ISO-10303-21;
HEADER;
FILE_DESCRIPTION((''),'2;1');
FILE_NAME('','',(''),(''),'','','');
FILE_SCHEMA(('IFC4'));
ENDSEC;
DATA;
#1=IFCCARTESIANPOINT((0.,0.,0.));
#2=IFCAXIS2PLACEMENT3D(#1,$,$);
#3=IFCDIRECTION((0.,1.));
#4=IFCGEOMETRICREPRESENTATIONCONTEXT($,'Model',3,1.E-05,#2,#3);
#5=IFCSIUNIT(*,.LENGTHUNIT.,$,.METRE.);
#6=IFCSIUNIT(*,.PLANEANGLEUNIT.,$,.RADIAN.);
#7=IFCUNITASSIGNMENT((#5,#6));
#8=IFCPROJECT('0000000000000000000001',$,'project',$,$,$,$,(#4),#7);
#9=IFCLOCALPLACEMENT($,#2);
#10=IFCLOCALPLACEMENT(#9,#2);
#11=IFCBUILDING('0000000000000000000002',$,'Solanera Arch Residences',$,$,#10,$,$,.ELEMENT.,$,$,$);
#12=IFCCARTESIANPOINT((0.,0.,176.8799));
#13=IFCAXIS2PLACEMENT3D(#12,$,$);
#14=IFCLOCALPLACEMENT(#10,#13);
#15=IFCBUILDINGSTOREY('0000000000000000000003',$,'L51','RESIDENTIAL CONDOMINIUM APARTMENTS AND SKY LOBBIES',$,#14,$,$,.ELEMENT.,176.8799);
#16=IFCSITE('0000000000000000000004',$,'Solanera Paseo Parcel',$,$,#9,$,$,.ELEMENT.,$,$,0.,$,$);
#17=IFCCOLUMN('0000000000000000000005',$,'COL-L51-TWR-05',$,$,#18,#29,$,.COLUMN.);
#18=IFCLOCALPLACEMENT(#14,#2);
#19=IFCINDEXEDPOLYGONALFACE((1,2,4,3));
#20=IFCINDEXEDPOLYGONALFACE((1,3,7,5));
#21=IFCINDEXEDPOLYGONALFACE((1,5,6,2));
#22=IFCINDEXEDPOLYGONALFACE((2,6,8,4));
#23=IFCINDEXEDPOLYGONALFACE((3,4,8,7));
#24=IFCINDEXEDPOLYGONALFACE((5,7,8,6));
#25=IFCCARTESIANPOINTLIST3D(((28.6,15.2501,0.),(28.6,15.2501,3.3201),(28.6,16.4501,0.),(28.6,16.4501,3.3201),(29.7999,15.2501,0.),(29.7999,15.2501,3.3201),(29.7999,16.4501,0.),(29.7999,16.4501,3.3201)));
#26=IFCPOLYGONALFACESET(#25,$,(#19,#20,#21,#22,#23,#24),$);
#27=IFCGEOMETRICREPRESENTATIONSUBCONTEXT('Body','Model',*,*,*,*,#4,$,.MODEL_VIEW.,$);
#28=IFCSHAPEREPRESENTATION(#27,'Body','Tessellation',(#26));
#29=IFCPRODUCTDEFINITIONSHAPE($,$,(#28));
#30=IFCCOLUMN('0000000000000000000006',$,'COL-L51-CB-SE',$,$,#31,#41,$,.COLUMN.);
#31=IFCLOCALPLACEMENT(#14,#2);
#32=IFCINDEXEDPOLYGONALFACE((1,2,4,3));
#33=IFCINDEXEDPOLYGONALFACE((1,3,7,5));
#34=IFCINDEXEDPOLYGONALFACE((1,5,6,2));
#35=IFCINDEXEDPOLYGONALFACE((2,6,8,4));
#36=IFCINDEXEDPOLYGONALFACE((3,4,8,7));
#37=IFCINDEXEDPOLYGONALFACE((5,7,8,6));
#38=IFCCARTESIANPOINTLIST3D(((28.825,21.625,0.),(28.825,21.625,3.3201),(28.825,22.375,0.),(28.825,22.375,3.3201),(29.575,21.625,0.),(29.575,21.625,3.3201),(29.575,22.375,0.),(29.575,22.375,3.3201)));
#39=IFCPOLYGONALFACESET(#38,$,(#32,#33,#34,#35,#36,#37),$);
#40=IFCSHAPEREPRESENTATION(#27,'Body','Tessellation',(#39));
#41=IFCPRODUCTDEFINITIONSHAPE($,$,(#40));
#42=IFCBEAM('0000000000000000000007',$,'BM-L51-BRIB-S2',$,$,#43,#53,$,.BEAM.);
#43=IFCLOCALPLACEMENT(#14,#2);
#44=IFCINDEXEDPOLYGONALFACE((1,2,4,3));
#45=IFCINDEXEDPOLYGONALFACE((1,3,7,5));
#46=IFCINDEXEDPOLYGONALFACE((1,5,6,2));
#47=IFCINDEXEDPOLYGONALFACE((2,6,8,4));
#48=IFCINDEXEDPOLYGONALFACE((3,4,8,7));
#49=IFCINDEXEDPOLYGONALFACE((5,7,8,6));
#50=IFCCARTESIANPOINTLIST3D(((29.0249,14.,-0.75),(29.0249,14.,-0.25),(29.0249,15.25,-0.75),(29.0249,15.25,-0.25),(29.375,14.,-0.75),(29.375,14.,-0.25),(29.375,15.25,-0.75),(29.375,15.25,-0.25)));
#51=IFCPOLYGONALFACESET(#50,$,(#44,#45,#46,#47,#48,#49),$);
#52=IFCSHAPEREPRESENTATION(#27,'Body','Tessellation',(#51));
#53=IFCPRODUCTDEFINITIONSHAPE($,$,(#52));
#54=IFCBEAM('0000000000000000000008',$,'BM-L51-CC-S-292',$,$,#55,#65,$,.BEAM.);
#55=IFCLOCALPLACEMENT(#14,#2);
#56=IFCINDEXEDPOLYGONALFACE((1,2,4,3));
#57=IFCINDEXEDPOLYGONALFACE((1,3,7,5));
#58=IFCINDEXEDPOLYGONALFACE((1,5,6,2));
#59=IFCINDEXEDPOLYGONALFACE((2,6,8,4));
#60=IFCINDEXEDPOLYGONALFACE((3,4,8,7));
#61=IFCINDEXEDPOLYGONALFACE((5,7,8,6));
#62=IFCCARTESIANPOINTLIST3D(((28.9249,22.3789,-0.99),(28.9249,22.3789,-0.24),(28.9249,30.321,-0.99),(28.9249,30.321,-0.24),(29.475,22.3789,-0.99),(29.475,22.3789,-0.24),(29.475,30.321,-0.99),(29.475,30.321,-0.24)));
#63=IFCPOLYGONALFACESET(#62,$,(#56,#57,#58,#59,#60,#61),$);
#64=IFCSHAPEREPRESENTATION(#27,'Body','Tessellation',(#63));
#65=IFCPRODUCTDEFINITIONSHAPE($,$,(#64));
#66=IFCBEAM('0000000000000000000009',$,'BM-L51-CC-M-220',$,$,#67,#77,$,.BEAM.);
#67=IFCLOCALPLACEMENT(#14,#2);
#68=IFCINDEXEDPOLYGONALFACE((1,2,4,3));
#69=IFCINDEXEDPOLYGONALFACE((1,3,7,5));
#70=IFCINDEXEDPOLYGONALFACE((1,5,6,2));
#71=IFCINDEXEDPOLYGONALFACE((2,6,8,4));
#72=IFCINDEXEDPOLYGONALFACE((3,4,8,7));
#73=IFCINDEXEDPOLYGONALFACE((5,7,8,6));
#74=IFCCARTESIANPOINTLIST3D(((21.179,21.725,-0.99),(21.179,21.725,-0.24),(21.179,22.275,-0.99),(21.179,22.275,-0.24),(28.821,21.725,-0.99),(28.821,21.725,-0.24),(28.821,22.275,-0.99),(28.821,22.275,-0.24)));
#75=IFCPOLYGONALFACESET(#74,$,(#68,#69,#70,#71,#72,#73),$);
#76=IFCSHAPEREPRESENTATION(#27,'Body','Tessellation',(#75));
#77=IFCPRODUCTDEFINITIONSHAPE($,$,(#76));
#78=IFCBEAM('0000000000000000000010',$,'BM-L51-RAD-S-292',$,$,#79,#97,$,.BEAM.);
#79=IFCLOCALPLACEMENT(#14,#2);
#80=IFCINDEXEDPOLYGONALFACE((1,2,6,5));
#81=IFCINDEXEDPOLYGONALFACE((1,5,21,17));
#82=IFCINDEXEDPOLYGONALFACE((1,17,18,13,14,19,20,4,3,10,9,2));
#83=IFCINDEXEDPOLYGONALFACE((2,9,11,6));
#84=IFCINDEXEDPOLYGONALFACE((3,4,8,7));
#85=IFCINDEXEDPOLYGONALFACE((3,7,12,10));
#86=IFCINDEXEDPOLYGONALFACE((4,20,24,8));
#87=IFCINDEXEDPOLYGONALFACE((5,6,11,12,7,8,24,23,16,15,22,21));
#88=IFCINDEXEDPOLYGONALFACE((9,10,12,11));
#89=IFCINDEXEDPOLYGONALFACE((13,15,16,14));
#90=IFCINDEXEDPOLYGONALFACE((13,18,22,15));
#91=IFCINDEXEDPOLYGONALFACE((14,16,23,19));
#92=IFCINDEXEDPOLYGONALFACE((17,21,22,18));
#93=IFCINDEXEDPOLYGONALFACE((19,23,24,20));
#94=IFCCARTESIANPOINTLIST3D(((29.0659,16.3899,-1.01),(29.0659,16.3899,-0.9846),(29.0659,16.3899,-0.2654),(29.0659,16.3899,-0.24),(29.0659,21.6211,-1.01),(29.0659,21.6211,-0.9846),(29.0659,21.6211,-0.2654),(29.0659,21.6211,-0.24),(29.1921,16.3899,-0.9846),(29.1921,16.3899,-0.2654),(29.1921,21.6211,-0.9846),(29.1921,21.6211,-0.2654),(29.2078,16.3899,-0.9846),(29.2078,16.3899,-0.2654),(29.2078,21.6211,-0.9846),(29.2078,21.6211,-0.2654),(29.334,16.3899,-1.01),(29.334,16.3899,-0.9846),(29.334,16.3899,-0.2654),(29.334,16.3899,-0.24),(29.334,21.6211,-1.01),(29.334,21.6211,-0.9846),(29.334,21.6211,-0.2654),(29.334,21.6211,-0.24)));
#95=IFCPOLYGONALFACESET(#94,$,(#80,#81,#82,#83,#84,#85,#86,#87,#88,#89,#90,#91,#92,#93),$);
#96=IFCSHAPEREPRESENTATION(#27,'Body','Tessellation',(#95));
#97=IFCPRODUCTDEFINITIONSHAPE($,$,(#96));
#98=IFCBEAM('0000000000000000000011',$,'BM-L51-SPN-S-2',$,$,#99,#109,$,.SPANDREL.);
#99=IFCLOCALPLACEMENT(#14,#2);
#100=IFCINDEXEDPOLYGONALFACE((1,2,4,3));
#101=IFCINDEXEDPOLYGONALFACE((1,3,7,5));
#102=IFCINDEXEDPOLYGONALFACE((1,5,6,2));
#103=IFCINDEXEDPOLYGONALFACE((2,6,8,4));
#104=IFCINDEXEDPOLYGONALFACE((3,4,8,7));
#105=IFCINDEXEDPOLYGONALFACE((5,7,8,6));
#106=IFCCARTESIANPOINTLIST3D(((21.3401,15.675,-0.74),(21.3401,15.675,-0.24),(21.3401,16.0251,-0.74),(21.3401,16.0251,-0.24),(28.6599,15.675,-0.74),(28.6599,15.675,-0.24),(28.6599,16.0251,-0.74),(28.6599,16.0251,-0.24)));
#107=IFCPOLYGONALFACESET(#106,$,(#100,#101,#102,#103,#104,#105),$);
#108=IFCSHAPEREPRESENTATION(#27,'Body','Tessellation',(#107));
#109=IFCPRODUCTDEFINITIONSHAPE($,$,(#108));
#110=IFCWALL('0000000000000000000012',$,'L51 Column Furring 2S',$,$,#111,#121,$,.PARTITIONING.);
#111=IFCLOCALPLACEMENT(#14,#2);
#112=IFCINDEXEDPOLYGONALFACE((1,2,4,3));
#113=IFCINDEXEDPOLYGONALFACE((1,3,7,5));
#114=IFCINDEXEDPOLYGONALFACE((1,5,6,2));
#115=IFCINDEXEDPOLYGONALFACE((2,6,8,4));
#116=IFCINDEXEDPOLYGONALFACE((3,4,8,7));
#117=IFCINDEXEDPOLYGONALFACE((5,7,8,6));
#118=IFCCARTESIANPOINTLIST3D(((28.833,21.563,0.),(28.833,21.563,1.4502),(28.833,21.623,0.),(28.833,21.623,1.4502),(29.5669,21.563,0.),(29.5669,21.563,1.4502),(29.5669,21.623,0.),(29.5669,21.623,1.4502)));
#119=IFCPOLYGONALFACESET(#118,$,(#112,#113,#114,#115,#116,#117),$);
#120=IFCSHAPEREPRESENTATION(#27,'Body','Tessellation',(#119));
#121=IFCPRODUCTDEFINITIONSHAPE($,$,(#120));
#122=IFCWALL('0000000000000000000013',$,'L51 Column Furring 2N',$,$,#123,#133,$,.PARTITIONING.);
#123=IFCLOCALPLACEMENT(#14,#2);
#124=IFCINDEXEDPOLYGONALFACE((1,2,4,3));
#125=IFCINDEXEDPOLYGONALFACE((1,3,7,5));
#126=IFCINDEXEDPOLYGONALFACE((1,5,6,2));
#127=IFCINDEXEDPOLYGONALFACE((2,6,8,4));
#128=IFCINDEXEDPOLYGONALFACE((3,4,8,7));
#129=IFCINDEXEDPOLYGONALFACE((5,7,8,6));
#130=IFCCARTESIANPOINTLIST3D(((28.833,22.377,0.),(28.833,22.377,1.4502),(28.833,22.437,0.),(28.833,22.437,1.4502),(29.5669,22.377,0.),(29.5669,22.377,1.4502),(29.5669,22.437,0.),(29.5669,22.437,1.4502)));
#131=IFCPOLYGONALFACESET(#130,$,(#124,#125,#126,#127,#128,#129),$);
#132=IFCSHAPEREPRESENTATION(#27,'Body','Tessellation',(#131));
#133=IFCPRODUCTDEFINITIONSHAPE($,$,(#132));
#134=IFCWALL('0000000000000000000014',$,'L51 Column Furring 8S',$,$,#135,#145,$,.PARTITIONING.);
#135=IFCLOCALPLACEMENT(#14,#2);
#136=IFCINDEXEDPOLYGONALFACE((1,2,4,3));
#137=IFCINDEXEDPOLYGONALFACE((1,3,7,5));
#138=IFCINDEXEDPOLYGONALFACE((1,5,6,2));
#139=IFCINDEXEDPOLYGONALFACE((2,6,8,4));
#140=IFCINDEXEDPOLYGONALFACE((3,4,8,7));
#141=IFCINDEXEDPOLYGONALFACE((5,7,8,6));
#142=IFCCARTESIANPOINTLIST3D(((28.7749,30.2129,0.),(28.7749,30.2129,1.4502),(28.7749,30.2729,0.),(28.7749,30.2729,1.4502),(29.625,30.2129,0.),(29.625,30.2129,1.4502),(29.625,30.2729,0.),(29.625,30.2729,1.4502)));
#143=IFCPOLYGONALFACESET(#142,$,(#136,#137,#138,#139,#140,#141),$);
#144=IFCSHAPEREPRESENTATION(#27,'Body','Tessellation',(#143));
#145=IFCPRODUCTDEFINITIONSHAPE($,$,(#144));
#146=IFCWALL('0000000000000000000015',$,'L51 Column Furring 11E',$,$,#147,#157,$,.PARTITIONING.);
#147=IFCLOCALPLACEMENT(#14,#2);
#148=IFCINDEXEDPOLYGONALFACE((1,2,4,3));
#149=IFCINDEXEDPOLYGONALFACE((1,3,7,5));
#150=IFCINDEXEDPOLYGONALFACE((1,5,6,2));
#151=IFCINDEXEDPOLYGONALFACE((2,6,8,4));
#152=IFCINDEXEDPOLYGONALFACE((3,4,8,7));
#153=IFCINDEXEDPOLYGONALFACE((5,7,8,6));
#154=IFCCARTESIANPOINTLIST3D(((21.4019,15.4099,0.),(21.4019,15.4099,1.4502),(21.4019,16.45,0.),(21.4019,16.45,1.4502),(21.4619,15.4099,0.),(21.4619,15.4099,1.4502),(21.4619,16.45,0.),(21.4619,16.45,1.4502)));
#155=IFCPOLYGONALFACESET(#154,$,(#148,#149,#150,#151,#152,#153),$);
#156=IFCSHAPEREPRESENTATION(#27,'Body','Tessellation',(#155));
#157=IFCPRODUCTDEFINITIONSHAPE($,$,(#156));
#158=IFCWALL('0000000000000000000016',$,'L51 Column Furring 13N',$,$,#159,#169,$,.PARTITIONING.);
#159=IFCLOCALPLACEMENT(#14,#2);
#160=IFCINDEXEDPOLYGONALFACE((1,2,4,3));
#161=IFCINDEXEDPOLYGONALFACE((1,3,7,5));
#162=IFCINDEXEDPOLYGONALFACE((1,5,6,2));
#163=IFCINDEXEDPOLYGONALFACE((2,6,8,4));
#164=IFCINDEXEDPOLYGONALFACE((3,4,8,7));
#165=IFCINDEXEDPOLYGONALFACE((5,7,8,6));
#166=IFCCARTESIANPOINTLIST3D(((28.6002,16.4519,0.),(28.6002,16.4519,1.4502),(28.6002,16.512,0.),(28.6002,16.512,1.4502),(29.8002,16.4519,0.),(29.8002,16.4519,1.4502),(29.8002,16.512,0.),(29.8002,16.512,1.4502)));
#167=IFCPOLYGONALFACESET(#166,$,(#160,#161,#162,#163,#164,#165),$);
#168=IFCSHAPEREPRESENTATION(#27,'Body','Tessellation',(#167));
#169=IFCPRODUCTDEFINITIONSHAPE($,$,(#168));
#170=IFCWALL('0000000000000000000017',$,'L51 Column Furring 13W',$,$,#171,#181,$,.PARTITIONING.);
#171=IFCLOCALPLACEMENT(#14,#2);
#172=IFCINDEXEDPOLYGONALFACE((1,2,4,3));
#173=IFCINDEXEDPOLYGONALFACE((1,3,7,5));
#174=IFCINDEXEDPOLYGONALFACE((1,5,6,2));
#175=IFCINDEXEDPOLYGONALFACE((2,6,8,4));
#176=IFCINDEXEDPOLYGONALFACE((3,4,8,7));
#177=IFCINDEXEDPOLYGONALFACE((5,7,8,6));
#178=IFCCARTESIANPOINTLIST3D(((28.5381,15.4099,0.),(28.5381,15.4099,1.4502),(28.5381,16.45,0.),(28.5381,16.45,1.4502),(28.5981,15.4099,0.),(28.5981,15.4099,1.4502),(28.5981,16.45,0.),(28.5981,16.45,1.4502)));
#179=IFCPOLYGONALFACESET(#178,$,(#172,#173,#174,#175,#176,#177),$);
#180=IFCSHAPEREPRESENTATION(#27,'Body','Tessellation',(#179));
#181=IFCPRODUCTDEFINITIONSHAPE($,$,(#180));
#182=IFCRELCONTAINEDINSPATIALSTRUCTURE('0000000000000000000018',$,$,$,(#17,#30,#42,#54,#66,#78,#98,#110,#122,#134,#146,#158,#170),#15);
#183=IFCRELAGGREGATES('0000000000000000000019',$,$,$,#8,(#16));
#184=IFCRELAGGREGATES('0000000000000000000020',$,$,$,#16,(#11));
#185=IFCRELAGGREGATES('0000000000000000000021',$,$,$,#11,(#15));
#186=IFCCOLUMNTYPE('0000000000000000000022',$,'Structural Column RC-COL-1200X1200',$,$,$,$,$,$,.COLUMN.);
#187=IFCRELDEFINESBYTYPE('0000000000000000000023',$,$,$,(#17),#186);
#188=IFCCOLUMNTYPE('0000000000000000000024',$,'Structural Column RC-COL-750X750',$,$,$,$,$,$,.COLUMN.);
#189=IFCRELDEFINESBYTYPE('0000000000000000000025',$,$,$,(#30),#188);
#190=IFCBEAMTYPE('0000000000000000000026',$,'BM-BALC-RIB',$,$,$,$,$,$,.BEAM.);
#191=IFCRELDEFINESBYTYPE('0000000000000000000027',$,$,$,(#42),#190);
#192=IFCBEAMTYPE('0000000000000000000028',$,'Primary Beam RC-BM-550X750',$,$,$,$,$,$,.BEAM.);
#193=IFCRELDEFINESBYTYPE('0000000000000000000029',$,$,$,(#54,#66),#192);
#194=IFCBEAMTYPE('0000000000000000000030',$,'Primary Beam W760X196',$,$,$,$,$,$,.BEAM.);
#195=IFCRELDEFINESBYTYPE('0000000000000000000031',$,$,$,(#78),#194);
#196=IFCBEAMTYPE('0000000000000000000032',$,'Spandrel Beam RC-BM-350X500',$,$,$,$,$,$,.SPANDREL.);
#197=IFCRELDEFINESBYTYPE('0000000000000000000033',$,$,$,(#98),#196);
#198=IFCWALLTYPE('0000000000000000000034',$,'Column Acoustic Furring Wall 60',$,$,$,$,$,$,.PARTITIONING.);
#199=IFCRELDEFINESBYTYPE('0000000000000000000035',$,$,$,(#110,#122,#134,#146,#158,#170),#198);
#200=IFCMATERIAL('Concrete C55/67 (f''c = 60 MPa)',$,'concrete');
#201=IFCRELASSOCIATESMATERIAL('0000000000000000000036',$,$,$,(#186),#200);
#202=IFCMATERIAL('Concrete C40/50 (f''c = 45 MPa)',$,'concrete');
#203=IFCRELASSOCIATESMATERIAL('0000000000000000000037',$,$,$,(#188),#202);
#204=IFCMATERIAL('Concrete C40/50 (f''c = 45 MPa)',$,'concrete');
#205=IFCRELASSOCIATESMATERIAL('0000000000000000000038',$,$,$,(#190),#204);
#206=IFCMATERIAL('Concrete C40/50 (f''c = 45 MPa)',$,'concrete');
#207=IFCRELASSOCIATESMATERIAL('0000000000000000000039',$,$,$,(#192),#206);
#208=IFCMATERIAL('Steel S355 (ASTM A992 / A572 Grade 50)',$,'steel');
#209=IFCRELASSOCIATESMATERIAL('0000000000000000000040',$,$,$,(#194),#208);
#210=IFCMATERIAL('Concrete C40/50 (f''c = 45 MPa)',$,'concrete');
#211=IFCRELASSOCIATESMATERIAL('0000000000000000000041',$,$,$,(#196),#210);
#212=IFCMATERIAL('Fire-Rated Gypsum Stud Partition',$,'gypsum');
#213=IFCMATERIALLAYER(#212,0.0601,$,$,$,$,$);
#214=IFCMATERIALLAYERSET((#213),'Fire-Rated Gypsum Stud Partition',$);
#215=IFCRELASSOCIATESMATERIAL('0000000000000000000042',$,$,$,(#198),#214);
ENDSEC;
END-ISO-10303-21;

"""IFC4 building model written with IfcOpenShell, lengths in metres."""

from ifc_helpers import new_model, si_unit, direction, frame, frame_2d, origin, origin_2d, place, context, subcontext, project, spatial, rectangle, i_section, extrude, material, layer, layer_set, material_profile, profile_set, type_object, element, save


model = new_model("IFC4")

# Units and contexts
model_context = context("Model", 3, precision=1e-05, world=origin(), true_north=direction((0.0, 1.0)))
body_context = subcontext(model_context, "Body", "Model", "MODEL_VIEW")
ifc_project = project(units=[si_unit("LENGTHUNIT", "METRE"), si_unit("PLANEANGLEUNIT", "RADIAN")], contexts=[model_context])

# Site, building, storey
site_placement = place(None, origin())
site = spatial("IfcSite", under=ifc_project, at=site_placement, Name="Solanera Paseo Parcel", CompositionType="ELEMENT", RefElevation=0.0)
building_placement = place(site_placement, origin())
building = spatial("IfcBuilding", under=site, at=building_placement, Name="Solanera Arch Residences", CompositionType="ELEMENT")
storey_placement = place(building_placement, frame((0.0, 0.0, 176.8799)))
storey = spatial("IfcBuildingStorey", under=building, at=storey_placement, Name="L51", Description="RESIDENTIAL CONDOMINIUM APARTMENTS AND SKY LOBBIES", CompositionType="ELEMENT", Elevation=176.8799)

# Columns
ifc_material_1 = material(Name="Concrete C55/67 (f'c = 60 MPa)", Category="concrete")
ifc_material_profile_1 = material_profile(ifc_material_1, rectangle(XDim=1.2, YDim=1.2, at=origin_2d()))
ifc_profile_set_1 = profile_set([ifc_material_profile_1], Name="Concrete C55/67 (f'c = 60 MPa)")
column_type_1 = type_object("IfcColumnType", Name="Structural Column RC-COL-1200X1200", PredefinedType="COLUMN", material=ifc_profile_set_1)
column_1_placement = place(storey_placement, frame((29.2, 15.8501, 0.0), z_axis=(0.0, 0.0, 1.0), x_axis=(1.0, 0.0, 0.0)))
element("IfcColumn", 1, at=column_1_placement, inside=storey, type_object=column_type_1, Name="COL-L51-TWR-05", PredefinedType="COLUMN", context=body_context, shape_type="SweptSolid", body=[
    extrude(rectangle(XDim=1.2, YDim=1.2, at=origin_2d()), origin(), (0.0, 0.0, 1.0), 3.3201),
])
ifc_material_2 = material(Name="Concrete C40/50 (f'c = 45 MPa)", Category="concrete")
ifc_material_profile_2 = material_profile(ifc_material_2, rectangle(XDim=0.75, YDim=0.75, at=origin_2d()))
ifc_profile_set_2 = profile_set([ifc_material_profile_2], Name="Concrete C40/50 (f'c = 45 MPa)")
column_type_2 = type_object("IfcColumnType", Name="Structural Column RC-COL-750X750", PredefinedType="COLUMN", material=ifc_profile_set_2)
column_2_placement = place(storey_placement, frame((29.2, 22.0, 0.0), z_axis=(0.0, 0.0, 1.0), x_axis=(1.0, 0.0, 0.0)))
element("IfcColumn", 2, at=column_2_placement, inside=storey, type_object=column_type_2, Name="COL-L51-CB-SE", PredefinedType="COLUMN", context=body_context, shape_type="SweptSolid", body=[
    extrude(rectangle(XDim=0.75, YDim=0.75, at=origin_2d()), origin(), (0.0, 0.0, 1.0), 3.3201),
])

# Beams
ifc_material_3 = material(Name="Concrete C40/50 (f'c = 45 MPa)", Category="concrete")
ifc_material_profile_3 = material_profile(ifc_material_3, rectangle(XDim=0.3501, YDim=0.5, at=origin_2d()))
ifc_profile_set_3 = profile_set([ifc_material_profile_3], Name="Concrete C40/50 (f'c = 45 MPa)")
beam_type_1 = type_object("IfcBeamType", Name="BM-BALC-RIB", PredefinedType="BEAM", material=ifc_profile_set_3)
beam_1_placement = place(storey_placement, frame((29.2, 14.0, -0.5), z_axis=(0.0, 1.0, 0.0), x_axis=(-1.0, 0.0, 0.0)))
element("IfcBeam", 3, at=beam_1_placement, inside=storey, type_object=beam_type_1, Name="BM-L51-BRIB-S2", PredefinedType="BEAM", context=body_context, shape_type="SweptSolid", body=[
    extrude(rectangle(XDim=0.3501, YDim=0.5, at=origin_2d()), origin(), (0.0, 0.0, 1.0), 1.25),
])
ifc_material_4 = material(Name="Concrete C40/50 (f'c = 45 MPa)", Category="concrete")
ifc_material_profile_4 = material_profile(ifc_material_4, rectangle(XDim=0.55, YDim=0.75, at=origin_2d()))
ifc_profile_set_4 = profile_set([ifc_material_profile_4], Name="Concrete C40/50 (f'c = 45 MPa)")
beam_type_2 = type_object("IfcBeamType", Name="Primary Beam RC-BM-550X750", PredefinedType="BEAM", material=ifc_profile_set_4)
beam_2_placement = place(storey_placement, frame((29.2, 22.3789, -0.615), z_axis=(0.0, 1.0, 0.0), x_axis=(-1.0, 0.0, 0.0)))
element("IfcBeam", 4, at=beam_2_placement, inside=storey, type_object=beam_type_2, Name="BM-L51-CC-S-292", PredefinedType="BEAM", context=body_context, shape_type="SweptSolid", body=[
    extrude(rectangle(XDim=0.55, YDim=0.75, at=origin_2d()), origin(), (0.0, 0.0, 1.0), 7.9421),
])
beam_3_placement = place(storey_placement, frame((21.179, 22.0, -0.615), z_axis=(1.0, 0.0, 0.0), x_axis=(0.0, 1.0, 0.0)))
element("IfcBeam", 5, at=beam_3_placement, inside=storey, type_object=beam_type_2, Name="BM-L51-CC-M-220", PredefinedType="BEAM", context=body_context, shape_type="SweptSolid", body=[
    extrude(rectangle(XDim=0.55, YDim=0.75, at=origin_2d()), origin(), (0.0, 0.0, 1.0), 7.6421),
])
ifc_material_5 = material(Name="Steel S355 (ASTM A992 / A572 Grade 50)", Category="steel")
ifc_material_profile_5 = material_profile(ifc_material_5, i_section(OverallWidth=0.2681, OverallDepth=0.77, WebThickness=0.0156, FlangeThickness=0.0254, at=origin_2d()))
ifc_profile_set_5 = profile_set([ifc_material_profile_5], Name="Steel S355 (ASTM A992 / A572 Grade 50)")
beam_type_3 = type_object("IfcBeamType", Name="Primary Beam W760X196", PredefinedType="BEAM", material=ifc_profile_set_5)
beam_4_placement = place(storey_placement, frame((29.2, 16.3899, -0.625), z_axis=(0.0, 1.0, 0.0), x_axis=(-1.0, 0.0, 0.0)))
element("IfcBeam", 6, at=beam_4_placement, inside=storey, type_object=beam_type_3, Name="BM-L51-RAD-S-292", PredefinedType="BEAM", context=body_context, shape_type="SweptSolid", body=[
    extrude(i_section(OverallWidth=0.2681, OverallDepth=0.77, WebThickness=0.0156, FlangeThickness=0.0254, at=origin_2d()), origin(), (0.0, 0.0, 1.0), 5.2312),
])
ifc_material_6 = material(Name="Concrete C40/50 (f'c = 45 MPa)", Category="concrete")
ifc_material_profile_6 = material_profile(ifc_material_6, rectangle(XDim=0.3501, YDim=0.5, at=origin_2d()))
ifc_profile_set_6 = profile_set([ifc_material_profile_6], Name="Concrete C40/50 (f'c = 45 MPa)")
beam_type_4 = type_object("IfcBeamType", Name="Spandrel Beam RC-BM-350X500", PredefinedType="SPANDREL", material=ifc_profile_set_6)
beam_5_placement = place(storey_placement, frame((21.3401, 15.8501, -0.49), z_axis=(1.0, 0.0, 0.0), x_axis=(0.0, 1.0, 0.0)))
element("IfcBeam", 7, at=beam_5_placement, inside=storey, type_object=beam_type_4, Name="BM-L51-SPN-S-2", PredefinedType="SPANDREL", context=body_context, shape_type="SweptSolid", body=[
    extrude(rectangle(XDim=0.3501, YDim=0.5, at=origin_2d()), origin(), (0.0, 0.0, 1.0), 7.3198),
])

# Walls
ifc_material_7 = material(Name="Fire-Rated Gypsum Stud Partition", Category="gypsum")
ifc_layer_1 = layer(ifc_material_7, 0.0601)
ifc_layer_set_1 = layer_set([ifc_layer_1], Name="Fire-Rated Gypsum Stud Partition")
wall_type_1 = type_object("IfcWallType", Name="Column Acoustic Furring Wall 60", PredefinedType="PARTITIONING", material=ifc_layer_set_1)
for number, where, z_axis, x_axis, name in (
    (8, (28.833, 21.593, 0.0), (0.0, 0.0, 1.0), (1.0, 0.0, 0.0), "L51 Column Furring 2S"),
    (9, (28.833, 22.407, 0.0), (0.0, 0.0, 1.0), (1.0, 0.0, 0.0), "L51 Column Furring 2N"),
):
    element("IfcWall", number, at=place(storey_placement, frame(where, z_axis=z_axis, x_axis=x_axis)), inside=storey, type_object=wall_type_1, Name=name, PredefinedType="PARTITIONING", context=body_context, shape_type="SweptSolid", body=[
        extrude(rectangle(XDim=0.7339, YDim=0.0601, at=frame_2d((0.3669, 0.0))), origin(), (0.0, 0.0, 1.0), 1.4502),
    ])
wall_1_placement = place(storey_placement, frame((28.7749, 30.2429, 0.0), z_axis=(0.0, 0.0, 1.0), x_axis=(1.0, 0.0, 0.0)))
element("IfcWall", 10, at=wall_1_placement, inside=storey, type_object=wall_type_1, Name="L51 Column Furring 8S", PredefinedType="PARTITIONING", context=body_context, shape_type="SweptSolid", body=[
    extrude(rectangle(XDim=0.8501, YDim=0.0601, at=frame_2d((0.425, 0.0))), origin(), (0.0, 0.0, 1.0), 1.4502),
])
wall_2_placement = place(storey_placement, frame((21.4319, 15.4099, 0.0), z_axis=(0.0, 0.0, 1.0), x_axis=(0.0, 1.0, 0.0)))
element("IfcWall", 11, at=wall_2_placement, inside=storey, type_object=wall_type_1, Name="L51 Column Furring 11E", PredefinedType="PARTITIONING", context=body_context, shape_type="SweptSolid", body=[
    extrude(rectangle(XDim=1.04, YDim=0.0601, at=frame_2d((0.52, 0.0))), origin(), (0.0, 0.0, 1.0), 1.4502),
])
wall_3_placement = place(storey_placement, frame((28.6001, 16.4819, 0.0), z_axis=(0.0, 0.0, 1.0), x_axis=(1.0, 0.0, 0.0)))
element("IfcWall", 12, at=wall_3_placement, inside=storey, type_object=wall_type_1, Name="L51 Column Furring 13N", PredefinedType="PARTITIONING", context=body_context, shape_type="SweptSolid", body=[
    extrude(rectangle(XDim=1.2, YDim=0.0601, at=frame_2d((0.6001, 0.0))), origin(), (0.0, 0.0, 1.0), 1.4502),
])
wall_4_placement = place(storey_placement, frame((28.5681, 15.4099, 0.0), z_axis=(0.0, 0.0, 1.0), x_axis=(0.0, 1.0, 0.0)))
element("IfcWall", 13, at=wall_4_placement, inside=storey, type_object=wall_type_1, Name="L51 Column Furring 13W", PredefinedType="PARTITIONING", context=body_context, shape_type="SweptSolid", body=[
    extrude(rectangle(XDim=1.04, YDim=0.0601, at=frame_2d((0.52, 0.0))), origin(), (0.0, 0.0, 1.0), 1.4502),
])

save(model, "model.ifc")
